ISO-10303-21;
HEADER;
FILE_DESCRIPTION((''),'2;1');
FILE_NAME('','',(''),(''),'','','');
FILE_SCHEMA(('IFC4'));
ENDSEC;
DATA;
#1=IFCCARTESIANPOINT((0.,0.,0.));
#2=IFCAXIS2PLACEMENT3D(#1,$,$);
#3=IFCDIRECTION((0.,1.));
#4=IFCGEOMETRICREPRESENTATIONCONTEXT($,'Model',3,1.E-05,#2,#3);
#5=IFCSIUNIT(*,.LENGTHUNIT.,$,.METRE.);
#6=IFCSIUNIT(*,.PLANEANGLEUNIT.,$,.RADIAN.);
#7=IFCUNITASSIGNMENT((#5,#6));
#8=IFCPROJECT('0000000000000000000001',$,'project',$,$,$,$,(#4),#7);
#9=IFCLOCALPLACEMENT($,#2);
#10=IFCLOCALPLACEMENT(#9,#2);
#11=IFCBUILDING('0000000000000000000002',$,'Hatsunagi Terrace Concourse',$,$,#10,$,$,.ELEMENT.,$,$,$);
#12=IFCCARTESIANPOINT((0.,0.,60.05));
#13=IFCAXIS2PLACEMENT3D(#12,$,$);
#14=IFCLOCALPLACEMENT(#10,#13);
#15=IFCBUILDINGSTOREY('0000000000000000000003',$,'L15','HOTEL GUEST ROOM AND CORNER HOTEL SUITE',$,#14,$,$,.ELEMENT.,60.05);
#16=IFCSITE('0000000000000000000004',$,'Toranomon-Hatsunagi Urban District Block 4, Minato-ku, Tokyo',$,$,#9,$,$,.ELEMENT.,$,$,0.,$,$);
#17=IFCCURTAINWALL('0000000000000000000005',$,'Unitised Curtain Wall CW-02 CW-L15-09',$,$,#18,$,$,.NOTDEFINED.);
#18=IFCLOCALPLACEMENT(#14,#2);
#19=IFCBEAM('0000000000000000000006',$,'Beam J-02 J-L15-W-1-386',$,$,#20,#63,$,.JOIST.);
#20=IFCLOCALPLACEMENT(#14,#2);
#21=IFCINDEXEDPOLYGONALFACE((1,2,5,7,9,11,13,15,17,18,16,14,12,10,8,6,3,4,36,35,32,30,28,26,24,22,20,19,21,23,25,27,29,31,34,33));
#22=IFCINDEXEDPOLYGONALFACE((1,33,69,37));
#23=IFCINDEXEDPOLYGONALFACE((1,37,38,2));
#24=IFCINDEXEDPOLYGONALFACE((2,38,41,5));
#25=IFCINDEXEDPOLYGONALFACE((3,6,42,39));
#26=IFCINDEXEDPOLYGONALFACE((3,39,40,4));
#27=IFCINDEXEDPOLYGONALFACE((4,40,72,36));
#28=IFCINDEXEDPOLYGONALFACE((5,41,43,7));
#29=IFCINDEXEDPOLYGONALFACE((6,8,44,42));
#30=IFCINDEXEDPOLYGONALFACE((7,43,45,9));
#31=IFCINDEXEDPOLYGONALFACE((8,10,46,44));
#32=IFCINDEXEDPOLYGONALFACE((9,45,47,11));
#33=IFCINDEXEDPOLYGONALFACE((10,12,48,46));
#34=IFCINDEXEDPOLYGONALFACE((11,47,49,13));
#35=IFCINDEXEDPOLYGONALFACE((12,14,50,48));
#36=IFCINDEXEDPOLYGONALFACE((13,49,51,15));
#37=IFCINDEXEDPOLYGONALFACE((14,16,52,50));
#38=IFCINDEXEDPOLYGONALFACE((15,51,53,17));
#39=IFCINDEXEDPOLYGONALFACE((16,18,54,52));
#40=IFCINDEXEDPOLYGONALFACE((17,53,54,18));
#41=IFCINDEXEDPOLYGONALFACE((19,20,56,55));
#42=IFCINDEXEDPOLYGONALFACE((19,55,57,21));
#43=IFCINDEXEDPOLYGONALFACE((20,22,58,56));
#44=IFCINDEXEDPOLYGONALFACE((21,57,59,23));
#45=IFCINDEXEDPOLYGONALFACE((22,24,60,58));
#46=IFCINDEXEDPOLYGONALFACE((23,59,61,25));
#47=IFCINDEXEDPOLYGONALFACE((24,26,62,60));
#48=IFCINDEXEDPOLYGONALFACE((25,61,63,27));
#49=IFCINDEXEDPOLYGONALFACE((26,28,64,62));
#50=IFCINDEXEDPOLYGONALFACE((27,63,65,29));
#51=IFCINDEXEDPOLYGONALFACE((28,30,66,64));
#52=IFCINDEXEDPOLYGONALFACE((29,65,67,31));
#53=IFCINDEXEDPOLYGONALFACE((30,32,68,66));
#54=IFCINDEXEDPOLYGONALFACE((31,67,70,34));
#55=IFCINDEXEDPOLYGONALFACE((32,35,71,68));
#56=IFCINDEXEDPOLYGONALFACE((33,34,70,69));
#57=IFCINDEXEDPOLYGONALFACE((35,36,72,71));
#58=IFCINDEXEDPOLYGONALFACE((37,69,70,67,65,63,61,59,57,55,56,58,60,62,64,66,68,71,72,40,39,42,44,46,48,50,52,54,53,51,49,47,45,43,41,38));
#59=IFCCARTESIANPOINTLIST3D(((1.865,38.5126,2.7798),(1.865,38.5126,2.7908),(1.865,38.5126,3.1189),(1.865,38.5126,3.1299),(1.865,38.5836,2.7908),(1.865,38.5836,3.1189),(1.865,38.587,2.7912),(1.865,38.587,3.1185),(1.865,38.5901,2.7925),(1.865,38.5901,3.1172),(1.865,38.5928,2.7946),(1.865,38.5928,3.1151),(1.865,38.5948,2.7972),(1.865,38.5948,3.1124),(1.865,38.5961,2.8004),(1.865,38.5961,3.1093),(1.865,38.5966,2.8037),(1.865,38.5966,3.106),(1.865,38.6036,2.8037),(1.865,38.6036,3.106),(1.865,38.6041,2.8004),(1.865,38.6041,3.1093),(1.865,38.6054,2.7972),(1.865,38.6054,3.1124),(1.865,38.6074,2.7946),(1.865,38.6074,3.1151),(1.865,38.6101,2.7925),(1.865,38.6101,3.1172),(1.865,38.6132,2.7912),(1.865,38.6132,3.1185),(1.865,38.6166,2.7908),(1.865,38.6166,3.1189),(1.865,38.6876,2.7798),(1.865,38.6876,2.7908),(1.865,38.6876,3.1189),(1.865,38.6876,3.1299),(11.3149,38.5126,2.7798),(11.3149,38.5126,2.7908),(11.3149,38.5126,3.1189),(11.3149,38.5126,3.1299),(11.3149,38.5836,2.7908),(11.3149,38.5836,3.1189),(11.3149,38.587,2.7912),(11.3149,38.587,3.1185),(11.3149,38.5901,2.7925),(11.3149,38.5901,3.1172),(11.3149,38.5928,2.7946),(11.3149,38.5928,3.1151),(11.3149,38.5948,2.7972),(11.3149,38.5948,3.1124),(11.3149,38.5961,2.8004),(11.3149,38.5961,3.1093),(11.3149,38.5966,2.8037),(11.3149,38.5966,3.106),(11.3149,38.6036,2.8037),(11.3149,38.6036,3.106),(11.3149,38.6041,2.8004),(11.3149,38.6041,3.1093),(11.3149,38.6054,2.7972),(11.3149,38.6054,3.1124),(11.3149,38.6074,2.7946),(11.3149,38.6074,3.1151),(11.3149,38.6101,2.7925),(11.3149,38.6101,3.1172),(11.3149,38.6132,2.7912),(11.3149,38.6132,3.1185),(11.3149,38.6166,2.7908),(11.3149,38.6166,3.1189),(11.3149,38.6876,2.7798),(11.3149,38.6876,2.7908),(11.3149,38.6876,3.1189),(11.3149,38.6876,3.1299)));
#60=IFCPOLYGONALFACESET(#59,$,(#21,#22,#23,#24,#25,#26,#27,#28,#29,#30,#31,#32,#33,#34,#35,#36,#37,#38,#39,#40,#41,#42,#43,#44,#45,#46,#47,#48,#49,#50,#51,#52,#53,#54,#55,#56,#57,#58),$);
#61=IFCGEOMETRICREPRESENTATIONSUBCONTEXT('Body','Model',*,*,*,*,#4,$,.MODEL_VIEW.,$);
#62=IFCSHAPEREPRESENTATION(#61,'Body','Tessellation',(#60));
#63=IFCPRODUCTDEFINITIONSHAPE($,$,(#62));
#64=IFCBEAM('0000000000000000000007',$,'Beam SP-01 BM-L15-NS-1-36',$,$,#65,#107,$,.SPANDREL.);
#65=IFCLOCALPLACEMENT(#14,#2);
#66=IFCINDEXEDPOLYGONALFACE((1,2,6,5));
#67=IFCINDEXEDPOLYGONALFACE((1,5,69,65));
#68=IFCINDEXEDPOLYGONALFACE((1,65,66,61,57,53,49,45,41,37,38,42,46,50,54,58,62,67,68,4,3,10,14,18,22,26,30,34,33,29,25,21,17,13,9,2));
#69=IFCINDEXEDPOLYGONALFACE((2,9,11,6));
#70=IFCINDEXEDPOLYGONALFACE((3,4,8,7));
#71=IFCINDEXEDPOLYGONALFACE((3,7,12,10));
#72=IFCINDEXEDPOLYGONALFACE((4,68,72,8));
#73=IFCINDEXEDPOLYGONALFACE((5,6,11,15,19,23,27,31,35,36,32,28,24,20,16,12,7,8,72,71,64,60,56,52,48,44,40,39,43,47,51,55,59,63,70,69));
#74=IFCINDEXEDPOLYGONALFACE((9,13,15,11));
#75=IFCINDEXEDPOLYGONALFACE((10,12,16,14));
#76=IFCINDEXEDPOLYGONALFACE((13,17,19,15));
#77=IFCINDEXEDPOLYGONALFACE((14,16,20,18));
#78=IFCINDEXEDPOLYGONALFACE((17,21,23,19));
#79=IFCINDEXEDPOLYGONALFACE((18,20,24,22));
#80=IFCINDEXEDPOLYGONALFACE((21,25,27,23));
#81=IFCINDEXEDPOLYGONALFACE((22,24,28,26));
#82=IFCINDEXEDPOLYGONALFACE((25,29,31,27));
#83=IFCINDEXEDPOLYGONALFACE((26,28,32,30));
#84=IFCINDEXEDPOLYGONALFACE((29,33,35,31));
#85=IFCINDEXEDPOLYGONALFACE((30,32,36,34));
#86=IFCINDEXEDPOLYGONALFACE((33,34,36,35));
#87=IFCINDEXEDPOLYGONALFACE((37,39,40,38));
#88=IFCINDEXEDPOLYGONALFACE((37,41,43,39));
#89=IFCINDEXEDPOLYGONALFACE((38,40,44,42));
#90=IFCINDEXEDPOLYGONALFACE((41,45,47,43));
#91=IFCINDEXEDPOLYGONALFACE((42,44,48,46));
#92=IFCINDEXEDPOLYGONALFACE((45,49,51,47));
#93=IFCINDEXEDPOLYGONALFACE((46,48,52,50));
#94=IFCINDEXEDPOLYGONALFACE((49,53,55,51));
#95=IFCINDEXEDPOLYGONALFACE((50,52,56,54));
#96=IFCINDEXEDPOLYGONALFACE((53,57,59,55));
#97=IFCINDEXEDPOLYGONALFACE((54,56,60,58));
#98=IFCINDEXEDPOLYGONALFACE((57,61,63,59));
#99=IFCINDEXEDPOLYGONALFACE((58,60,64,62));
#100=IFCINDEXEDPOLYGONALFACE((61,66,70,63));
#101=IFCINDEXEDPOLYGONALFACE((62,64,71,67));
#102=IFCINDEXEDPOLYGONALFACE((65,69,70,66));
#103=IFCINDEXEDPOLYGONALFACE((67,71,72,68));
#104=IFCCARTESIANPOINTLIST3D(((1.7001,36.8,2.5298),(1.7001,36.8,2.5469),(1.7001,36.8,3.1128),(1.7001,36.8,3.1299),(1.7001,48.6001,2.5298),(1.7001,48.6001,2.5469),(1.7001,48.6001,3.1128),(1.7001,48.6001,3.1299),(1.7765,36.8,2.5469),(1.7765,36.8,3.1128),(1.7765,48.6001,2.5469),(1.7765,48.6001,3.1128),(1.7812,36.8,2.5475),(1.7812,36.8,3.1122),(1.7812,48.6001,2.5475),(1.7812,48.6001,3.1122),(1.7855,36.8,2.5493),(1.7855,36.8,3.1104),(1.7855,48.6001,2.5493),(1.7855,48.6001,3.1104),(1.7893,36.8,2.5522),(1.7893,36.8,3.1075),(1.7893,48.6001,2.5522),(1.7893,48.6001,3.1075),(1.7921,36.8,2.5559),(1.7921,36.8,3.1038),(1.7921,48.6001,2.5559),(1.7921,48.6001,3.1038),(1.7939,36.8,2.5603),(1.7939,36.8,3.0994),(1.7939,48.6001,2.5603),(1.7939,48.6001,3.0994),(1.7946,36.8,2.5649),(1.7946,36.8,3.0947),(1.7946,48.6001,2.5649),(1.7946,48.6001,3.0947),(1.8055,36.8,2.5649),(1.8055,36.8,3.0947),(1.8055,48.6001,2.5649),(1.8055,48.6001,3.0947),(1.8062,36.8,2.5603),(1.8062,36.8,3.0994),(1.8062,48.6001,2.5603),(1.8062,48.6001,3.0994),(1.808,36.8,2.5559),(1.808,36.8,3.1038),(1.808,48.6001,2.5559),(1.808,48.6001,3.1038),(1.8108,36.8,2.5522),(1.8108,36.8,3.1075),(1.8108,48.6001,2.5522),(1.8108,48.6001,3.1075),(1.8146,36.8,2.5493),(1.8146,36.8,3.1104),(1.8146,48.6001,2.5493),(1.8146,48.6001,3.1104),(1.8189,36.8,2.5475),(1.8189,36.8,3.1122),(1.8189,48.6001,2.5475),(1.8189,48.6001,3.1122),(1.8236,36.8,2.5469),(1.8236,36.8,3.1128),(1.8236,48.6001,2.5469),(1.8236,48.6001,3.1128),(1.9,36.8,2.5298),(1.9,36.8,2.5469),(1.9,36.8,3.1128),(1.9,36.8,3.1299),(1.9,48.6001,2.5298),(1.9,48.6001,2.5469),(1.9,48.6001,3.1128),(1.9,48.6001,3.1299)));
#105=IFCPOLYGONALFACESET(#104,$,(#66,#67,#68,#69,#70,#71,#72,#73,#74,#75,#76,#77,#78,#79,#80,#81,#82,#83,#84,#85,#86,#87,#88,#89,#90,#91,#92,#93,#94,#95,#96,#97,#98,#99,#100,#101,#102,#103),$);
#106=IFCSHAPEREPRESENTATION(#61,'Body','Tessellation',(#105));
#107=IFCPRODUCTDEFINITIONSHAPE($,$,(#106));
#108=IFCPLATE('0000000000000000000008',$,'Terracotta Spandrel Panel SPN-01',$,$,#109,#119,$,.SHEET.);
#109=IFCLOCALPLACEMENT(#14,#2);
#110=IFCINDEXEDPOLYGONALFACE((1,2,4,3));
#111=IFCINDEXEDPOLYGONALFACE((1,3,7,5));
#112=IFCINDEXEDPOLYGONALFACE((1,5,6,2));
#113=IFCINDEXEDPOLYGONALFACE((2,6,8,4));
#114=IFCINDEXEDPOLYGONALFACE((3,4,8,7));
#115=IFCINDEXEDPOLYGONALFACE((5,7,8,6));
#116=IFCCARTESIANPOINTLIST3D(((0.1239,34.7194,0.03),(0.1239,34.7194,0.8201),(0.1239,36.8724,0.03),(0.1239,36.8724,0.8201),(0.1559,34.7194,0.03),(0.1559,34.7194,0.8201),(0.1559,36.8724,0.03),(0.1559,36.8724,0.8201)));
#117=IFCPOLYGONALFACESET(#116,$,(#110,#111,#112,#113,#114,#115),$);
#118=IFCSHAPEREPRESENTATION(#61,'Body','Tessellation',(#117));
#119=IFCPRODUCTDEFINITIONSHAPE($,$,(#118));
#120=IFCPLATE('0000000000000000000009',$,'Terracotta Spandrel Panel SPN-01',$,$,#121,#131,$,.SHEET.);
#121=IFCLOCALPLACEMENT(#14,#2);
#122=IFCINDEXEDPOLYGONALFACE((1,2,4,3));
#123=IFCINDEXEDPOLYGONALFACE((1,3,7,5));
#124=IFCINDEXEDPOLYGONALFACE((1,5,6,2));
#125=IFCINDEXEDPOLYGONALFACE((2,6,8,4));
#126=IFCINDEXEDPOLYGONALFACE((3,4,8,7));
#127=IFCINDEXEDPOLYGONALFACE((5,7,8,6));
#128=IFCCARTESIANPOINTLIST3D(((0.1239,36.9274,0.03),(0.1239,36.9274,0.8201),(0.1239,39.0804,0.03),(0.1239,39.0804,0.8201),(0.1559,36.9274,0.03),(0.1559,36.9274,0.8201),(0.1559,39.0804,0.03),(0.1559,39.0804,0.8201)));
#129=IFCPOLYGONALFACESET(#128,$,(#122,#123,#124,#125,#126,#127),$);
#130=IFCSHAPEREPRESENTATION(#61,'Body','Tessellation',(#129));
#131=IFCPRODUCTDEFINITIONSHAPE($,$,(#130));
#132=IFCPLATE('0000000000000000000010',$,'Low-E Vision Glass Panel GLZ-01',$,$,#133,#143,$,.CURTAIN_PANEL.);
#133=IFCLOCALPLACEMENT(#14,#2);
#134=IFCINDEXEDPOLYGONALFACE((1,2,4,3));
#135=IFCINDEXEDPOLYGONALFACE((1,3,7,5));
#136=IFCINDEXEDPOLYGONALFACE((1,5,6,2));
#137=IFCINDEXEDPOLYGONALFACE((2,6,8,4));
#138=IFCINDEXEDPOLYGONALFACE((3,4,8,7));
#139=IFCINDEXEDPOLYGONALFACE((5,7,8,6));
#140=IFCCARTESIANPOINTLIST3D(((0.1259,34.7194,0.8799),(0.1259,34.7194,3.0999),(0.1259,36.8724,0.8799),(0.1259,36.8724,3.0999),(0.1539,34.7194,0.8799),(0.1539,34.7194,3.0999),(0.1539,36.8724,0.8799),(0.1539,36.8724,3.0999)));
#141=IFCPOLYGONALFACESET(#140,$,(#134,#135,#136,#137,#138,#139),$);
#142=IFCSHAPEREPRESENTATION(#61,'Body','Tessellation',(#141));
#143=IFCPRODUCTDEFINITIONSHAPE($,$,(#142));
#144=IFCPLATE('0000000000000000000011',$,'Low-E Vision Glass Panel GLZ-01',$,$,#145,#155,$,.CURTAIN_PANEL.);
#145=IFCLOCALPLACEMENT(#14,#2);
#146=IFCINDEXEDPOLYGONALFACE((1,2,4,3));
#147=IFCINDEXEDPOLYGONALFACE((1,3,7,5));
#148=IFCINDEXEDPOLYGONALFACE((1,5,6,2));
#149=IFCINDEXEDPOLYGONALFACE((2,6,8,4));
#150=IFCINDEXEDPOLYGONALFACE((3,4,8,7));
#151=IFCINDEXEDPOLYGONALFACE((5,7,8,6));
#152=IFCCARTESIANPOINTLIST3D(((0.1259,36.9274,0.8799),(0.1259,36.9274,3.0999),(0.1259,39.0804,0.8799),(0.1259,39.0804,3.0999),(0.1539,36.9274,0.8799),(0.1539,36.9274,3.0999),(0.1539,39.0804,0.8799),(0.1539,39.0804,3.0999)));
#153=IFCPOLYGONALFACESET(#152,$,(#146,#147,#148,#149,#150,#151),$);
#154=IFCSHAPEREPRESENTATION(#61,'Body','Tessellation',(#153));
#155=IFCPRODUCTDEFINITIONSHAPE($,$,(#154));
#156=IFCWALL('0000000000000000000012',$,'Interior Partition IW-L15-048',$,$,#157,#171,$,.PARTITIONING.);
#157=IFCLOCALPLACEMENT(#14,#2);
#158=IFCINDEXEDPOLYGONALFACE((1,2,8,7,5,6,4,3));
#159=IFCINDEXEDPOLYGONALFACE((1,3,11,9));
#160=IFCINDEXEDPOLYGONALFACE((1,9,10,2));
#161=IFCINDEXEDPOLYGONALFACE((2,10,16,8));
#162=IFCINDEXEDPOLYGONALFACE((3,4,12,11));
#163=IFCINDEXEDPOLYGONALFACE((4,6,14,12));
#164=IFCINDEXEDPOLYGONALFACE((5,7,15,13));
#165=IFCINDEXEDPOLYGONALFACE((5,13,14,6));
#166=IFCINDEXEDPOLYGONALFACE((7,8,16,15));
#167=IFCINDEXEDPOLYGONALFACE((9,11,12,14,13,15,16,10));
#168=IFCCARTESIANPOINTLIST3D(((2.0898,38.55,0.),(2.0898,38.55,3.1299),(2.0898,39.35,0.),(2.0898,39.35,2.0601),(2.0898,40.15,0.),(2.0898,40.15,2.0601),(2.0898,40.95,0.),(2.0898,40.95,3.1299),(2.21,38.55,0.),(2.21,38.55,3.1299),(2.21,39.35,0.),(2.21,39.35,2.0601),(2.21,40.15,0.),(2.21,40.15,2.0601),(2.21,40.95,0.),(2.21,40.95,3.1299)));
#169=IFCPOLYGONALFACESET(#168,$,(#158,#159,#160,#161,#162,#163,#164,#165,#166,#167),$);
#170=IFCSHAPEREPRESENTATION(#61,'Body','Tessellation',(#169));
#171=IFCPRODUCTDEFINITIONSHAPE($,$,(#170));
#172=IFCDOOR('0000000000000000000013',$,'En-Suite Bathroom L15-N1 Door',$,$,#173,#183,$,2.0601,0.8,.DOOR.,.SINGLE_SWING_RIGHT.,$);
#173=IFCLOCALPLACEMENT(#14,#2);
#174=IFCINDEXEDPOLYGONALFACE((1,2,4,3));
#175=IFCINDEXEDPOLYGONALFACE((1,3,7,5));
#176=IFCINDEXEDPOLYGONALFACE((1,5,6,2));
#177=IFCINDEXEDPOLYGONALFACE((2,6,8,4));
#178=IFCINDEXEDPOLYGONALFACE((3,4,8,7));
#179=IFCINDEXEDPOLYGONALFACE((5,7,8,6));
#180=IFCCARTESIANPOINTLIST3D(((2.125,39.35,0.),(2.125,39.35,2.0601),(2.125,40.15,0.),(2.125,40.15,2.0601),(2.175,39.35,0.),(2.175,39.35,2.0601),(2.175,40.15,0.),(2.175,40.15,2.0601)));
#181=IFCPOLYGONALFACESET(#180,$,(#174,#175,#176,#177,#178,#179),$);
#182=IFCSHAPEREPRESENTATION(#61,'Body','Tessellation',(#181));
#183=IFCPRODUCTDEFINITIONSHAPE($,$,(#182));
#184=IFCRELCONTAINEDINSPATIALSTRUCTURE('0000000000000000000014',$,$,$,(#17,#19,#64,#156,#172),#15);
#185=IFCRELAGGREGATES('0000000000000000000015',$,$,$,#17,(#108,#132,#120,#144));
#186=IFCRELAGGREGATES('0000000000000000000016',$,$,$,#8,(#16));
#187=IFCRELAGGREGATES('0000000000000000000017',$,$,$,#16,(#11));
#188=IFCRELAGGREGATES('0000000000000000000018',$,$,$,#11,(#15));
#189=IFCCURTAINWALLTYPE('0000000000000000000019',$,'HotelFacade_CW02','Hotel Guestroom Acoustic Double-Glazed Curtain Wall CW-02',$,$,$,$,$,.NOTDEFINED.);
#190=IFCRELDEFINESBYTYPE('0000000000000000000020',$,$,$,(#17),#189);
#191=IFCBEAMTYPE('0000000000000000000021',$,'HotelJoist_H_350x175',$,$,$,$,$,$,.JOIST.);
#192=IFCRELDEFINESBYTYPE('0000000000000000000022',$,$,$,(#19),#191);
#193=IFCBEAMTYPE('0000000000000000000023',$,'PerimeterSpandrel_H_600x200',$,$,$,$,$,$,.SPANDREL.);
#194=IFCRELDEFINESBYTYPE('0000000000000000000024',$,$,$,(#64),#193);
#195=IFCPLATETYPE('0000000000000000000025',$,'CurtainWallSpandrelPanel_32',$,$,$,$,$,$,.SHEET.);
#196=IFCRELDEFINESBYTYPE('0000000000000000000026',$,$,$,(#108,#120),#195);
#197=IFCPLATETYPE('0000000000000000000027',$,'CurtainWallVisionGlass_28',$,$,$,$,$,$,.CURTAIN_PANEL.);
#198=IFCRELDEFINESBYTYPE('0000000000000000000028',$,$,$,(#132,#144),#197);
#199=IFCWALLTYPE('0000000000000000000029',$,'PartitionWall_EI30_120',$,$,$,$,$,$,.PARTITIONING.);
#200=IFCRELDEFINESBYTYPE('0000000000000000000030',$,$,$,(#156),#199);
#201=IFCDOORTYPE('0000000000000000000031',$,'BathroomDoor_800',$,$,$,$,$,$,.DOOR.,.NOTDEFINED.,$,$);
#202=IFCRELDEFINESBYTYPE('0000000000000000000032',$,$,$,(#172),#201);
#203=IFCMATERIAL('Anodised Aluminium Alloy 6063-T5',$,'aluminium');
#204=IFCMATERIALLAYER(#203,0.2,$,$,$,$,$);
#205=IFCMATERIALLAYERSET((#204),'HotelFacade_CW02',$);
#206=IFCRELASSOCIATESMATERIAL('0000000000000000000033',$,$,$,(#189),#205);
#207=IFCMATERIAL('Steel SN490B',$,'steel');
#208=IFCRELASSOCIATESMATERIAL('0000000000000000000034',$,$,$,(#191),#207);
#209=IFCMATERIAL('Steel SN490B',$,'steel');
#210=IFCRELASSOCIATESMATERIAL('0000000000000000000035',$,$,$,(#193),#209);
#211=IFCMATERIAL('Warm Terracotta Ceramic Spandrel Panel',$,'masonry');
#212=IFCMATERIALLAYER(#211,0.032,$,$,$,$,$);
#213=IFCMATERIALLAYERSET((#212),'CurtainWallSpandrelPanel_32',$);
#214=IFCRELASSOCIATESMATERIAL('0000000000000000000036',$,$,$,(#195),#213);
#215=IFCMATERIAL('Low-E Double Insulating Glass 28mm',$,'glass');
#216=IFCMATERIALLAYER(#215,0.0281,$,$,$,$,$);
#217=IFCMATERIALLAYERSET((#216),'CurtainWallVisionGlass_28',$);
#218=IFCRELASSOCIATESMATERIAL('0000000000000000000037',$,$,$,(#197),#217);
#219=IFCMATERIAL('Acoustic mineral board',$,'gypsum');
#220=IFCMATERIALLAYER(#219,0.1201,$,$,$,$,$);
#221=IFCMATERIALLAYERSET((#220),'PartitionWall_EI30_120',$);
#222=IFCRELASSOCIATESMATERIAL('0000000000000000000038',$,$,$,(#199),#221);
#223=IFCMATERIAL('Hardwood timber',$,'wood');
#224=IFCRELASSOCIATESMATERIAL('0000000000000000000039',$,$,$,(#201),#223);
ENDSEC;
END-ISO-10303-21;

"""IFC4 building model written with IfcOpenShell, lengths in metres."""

from ifc_helpers import new_model, si_unit, direction, frame, frame_2d, origin, origin_2d, place, context, subcontext, project, spatial, rectangle, i_section, extrude, material, layer, layer_set, material_profile, profile_set, type_object, element, fill, aggregate, save


model = new_model("IFC4")

# Units and contexts
model_context = context("Model", 3, precision=1e-05, world=origin(), true_north=direction((0.0, 1.0)))
body_context = subcontext(model_context, "Body", "Model", "MODEL_VIEW")
ifc_project = project(units=[si_unit("LENGTHUNIT", "METRE"), si_unit("PLANEANGLEUNIT", "RADIAN")], contexts=[model_context])

# Site, building, storey
site_placement = place(None, origin())
site = spatial("IfcSite", under=ifc_project, at=site_placement, Name="Toranomon-Hatsunagi Urban District Block 4, Minato-ku, Tokyo", CompositionType="ELEMENT", RefElevation=0.0)
building_placement = place(site_placement, origin())
building = spatial("IfcBuilding", under=site, at=building_placement, Name="Hatsunagi Terrace Concourse", CompositionType="ELEMENT")
storey_placement = place(building_placement, frame((0.0, 0.0, 60.05)))
storey = spatial("IfcBuildingStorey", under=building, at=storey_placement, Name="L15", Description="HOTEL GUEST ROOM AND CORNER HOTEL SUITE", CompositionType="ELEMENT", Elevation=60.05)

# Curtain wall
ifc_material_1 = material(Name="Anodised Aluminium Alloy 6063-T5", Category="aluminium")
ifc_layer_1 = layer(ifc_material_1, 0.2)
ifc_layer_set_1 = layer_set([ifc_layer_1], Name="HotelFacade_CW02")
curtain_wall_type = type_object("IfcCurtainWallType", Name="HotelFacade_CW02", Description="Hotel Guestroom Acoustic Double-Glazed Curtain Wall CW-02", PredefinedType="NOTDEFINED", material=ifc_layer_set_1)
curtain_wall_placement = place(storey_placement, origin())
curtain_wall = element("IfcCurtainWall", 1, at=curtain_wall_placement, inside=storey, type_object=curtain_wall_type, Name="Unitised Curtain Wall CW-02 CW-L15-09", PredefinedType="NOTDEFINED")

# Beams
ifc_material_2 = material(Name="Steel SN490B", Category="steel")
ifc_material_profile_1 = material_profile(ifc_material_2, i_section(OverallWidth=0.175, OverallDepth=0.3501, WebThickness=0.0071, FlangeThickness=0.011, FilletRadius=0.0129, at=origin_2d()), Name="H-350x175x7x11")
ifc_profile_set_1 = profile_set([ifc_material_profile_1], Name="Steel SN490B")
beam_type_1 = type_object("IfcBeamType", Name="HotelJoist_H_350x175", PredefinedType="JOIST", material=ifc_profile_set_1)
for number, where, z_axis, x_axis, name in (
    (2, (1.865, 38.6001, 2.9548), (1.0, 0.0, 0.0), (0.0, 1.0, 0.0), "Beam J-02 J-L15-W-1-386"),
):
    element("IfcBeam", number, at=place(storey_placement, frame(where, z_axis=z_axis, x_axis=x_axis)), inside=storey, type_object=beam_type_1, Name=name, PredefinedType="JOIST", context=body_context, shape_type="SweptSolid", body=[
        extrude(i_section(OverallWidth=0.175, OverallDepth=0.3501, WebThickness=0.0071, FlangeThickness=0.011, FilletRadius=0.0129, at=origin_2d()), origin(), (0.0, 0.0, 1.0), 9.45),
    ])
ifc_material_3 = material(Name="Steel SN490B", Category="steel")
ifc_material_profile_2 = material_profile(ifc_material_3, i_section(OverallWidth=0.2, OverallDepth=0.6001, WebThickness=0.011, FlangeThickness=0.0171, FilletRadius=0.0181, at=origin_2d()), Name="H-600x200x11x17")
ifc_profile_set_2 = profile_set([ifc_material_profile_2], Name="Steel SN490B")
beam_type_2 = type_object("IfcBeamType", Name="PerimeterSpandrel_H_600x200", PredefinedType="SPANDREL", material=ifc_profile_set_2)
beam_1_placement = place(storey_placement, frame((1.8, 36.8, 2.8298), z_axis=(0.0, 1.0, 0.0), x_axis=(-1.0, 0.0, 0.0)))
element("IfcBeam", 3, at=beam_1_placement, inside=storey, type_object=beam_type_2, Name="Beam SP-01 BM-L15-NS-1-36", PredefinedType="SPANDREL", context=body_context, shape_type="SweptSolid", body=[
    extrude(i_section(OverallWidth=0.2, OverallDepth=0.6001, WebThickness=0.011, FlangeThickness=0.0171, FilletRadius=0.0181, at=origin_2d()), origin(), (0.0, 0.0, 1.0), 11.8),
])

# Plates
ifc_material_4 = material(Name="Warm Terracotta Ceramic Spandrel Panel", Category="masonry")
ifc_layer_2 = layer(ifc_material_4, 0.032)
ifc_layer_set_2 = layer_set([ifc_layer_2], Name="CurtainWallSpandrelPanel_32")
plate_type_1 = type_object("IfcPlateType", Name="CurtainWallSpandrelPanel_32", PredefinedType="SHEET", material=ifc_layer_set_2)
plate_1_placement = place(storey_placement, frame((0.1399, 35.7959, 0.03), z_axis=(0.0, 0.0, 1.0), x_axis=(0.0, 1.0, 0.0)))
plate_1 = element("IfcPlate", 4, at=plate_1_placement, type_object=plate_type_1, Name="Terracotta Spandrel Panel SPN-01", PredefinedType="SHEET", context=body_context, shape_type="SweptSolid", body=[
    extrude(rectangle(XDim=2.1531, YDim=0.032, at=origin_2d()), origin(), (0.0, 0.0, 1.0), 0.79),
])
plate_2_placement = place(storey_placement, frame((0.1399, 38.0039, 0.03), z_axis=(0.0, 0.0, 1.0), x_axis=(0.0, 1.0, 0.0)))
plate_2 = element("IfcPlate", 5, at=plate_2_placement, type_object=plate_type_1, Name="Terracotta Spandrel Panel SPN-01", PredefinedType="SHEET", context=body_context, shape_type="SweptSolid", body=[
    extrude(rectangle(XDim=2.1531, YDim=0.032, at=origin_2d()), origin(), (0.0, 0.0, 1.0), 0.79),
])
ifc_material_5 = material(Name="Low-E Double Insulating Glass 28mm", Category="glass")
ifc_layer_3 = layer(ifc_material_5, 0.0281)
ifc_layer_set_3 = layer_set([ifc_layer_3], Name="CurtainWallVisionGlass_28")
plate_type_2 = type_object("IfcPlateType", Name="CurtainWallVisionGlass_28", PredefinedType="CURTAIN_PANEL", material=ifc_layer_set_3)
plate_3_placement = place(storey_placement, frame((0.1399, 35.7959, 0.8799), z_axis=(0.0, 0.0, 1.0), x_axis=(0.0, 1.0, 0.0)))
plate_3 = element("IfcPlate", 6, at=plate_3_placement, type_object=plate_type_2, Name="Low-E Vision Glass Panel GLZ-01", PredefinedType="CURTAIN_PANEL", context=body_context, shape_type="SweptSolid", body=[
    extrude(rectangle(XDim=2.1531, YDim=0.0281, at=origin_2d()), origin(), (0.0, 0.0, 1.0), 2.22),
])
plate_4_placement = place(storey_placement, frame((0.1399, 38.0039, 0.8799), z_axis=(0.0, 0.0, 1.0), x_axis=(0.0, 1.0, 0.0)))
plate_4 = element("IfcPlate", 7, at=plate_4_placement, type_object=plate_type_2, Name="Low-E Vision Glass Panel GLZ-01", PredefinedType="CURTAIN_PANEL", context=body_context, shape_type="SweptSolid", body=[
    extrude(rectangle(XDim=2.1531, YDim=0.0281, at=origin_2d()), origin(), (0.0, 0.0, 1.0), 2.22),
])
aggregate(curtain_wall, [plate_1, plate_3, plate_2, plate_4])

# Wall, opening, door
ifc_material_6 = material(Name="Acoustic mineral board", Category="gypsum")
ifc_layer_4 = layer(ifc_material_6, 0.1201)
ifc_layer_set_4 = layer_set([ifc_layer_4], Name="PartitionWall_EI30_120")
wall_type_1 = type_object("IfcWallType", Name="PartitionWall_EI30_120", PredefinedType="PARTITIONING", material=ifc_layer_set_4)
wall_1_placement = place(storey_placement, frame((2.1499, 38.55, 0.0), z_axis=(0.0, 0.0, 1.0), x_axis=(0.0, 1.0, 0.0)))
wall_1 = element("IfcWall", 8, at=wall_1_placement, inside=storey, type_object=wall_type_1, Name="Interior Partition IW-L15-048", PredefinedType="PARTITIONING", context=body_context, shape_type="SweptSolid", body=[
    extrude(rectangle(XDim=2.3999, YDim=0.1201, at=frame_2d((1.2, 0.0))), origin(), (0.0, 0.0, 1.0), 3.1299),
])
opening_1_placement = place(wall_1_placement, frame((0.8, 0.0, 0.0)))
opening_1 = element("IfcOpeningElement", 9, at=opening_1_placement, cuts=wall_1, PredefinedType="OPENING", context=body_context, shape_type="SweptSolid", body=[
    extrude(rectangle(XDim=0.8, YDim=2.0601, at=frame_2d((0.3999, 1.03))), frame((0.0, 0.0701, 0.0), z_axis=(0.0, -1.0, 0.0), x_axis=(1.0, 0.0, 0.0)), (0.0, 0.0, 1.0), 0.1401),
])
ifc_material_7 = material(Name="Hardwood timber", Category="wood")
door_type_1 = type_object("IfcDoorType", Name="BathroomDoor_800", OperationType="NOTDEFINED", PredefinedType="DOOR", material=ifc_material_7)
door_1_placement = place(opening_1_placement, origin())
door_1 = element("IfcDoor", 10, at=door_1_placement, inside=storey, type_object=door_type_1, Name="En-Suite Bathroom L15-N1 Door", OperationType="SINGLE_SWING_RIGHT", OverallHeight=2.0601, OverallWidth=0.8, PredefinedType="DOOR", context=body_context, shape_type="SweptSolid", body=[
    extrude(rectangle(XDim=0.8, YDim=2.0601, at=frame_2d((0.3999, 1.03))), frame((0.0, 0.0249, 0.0), z_axis=(0.0, -1.0, 0.0), x_axis=(1.0, 0.0, 0.0)), (0.0, 0.0, 1.0), 0.05),
])
fill(opening_1, door_1)

save(model, "model.ifc")
